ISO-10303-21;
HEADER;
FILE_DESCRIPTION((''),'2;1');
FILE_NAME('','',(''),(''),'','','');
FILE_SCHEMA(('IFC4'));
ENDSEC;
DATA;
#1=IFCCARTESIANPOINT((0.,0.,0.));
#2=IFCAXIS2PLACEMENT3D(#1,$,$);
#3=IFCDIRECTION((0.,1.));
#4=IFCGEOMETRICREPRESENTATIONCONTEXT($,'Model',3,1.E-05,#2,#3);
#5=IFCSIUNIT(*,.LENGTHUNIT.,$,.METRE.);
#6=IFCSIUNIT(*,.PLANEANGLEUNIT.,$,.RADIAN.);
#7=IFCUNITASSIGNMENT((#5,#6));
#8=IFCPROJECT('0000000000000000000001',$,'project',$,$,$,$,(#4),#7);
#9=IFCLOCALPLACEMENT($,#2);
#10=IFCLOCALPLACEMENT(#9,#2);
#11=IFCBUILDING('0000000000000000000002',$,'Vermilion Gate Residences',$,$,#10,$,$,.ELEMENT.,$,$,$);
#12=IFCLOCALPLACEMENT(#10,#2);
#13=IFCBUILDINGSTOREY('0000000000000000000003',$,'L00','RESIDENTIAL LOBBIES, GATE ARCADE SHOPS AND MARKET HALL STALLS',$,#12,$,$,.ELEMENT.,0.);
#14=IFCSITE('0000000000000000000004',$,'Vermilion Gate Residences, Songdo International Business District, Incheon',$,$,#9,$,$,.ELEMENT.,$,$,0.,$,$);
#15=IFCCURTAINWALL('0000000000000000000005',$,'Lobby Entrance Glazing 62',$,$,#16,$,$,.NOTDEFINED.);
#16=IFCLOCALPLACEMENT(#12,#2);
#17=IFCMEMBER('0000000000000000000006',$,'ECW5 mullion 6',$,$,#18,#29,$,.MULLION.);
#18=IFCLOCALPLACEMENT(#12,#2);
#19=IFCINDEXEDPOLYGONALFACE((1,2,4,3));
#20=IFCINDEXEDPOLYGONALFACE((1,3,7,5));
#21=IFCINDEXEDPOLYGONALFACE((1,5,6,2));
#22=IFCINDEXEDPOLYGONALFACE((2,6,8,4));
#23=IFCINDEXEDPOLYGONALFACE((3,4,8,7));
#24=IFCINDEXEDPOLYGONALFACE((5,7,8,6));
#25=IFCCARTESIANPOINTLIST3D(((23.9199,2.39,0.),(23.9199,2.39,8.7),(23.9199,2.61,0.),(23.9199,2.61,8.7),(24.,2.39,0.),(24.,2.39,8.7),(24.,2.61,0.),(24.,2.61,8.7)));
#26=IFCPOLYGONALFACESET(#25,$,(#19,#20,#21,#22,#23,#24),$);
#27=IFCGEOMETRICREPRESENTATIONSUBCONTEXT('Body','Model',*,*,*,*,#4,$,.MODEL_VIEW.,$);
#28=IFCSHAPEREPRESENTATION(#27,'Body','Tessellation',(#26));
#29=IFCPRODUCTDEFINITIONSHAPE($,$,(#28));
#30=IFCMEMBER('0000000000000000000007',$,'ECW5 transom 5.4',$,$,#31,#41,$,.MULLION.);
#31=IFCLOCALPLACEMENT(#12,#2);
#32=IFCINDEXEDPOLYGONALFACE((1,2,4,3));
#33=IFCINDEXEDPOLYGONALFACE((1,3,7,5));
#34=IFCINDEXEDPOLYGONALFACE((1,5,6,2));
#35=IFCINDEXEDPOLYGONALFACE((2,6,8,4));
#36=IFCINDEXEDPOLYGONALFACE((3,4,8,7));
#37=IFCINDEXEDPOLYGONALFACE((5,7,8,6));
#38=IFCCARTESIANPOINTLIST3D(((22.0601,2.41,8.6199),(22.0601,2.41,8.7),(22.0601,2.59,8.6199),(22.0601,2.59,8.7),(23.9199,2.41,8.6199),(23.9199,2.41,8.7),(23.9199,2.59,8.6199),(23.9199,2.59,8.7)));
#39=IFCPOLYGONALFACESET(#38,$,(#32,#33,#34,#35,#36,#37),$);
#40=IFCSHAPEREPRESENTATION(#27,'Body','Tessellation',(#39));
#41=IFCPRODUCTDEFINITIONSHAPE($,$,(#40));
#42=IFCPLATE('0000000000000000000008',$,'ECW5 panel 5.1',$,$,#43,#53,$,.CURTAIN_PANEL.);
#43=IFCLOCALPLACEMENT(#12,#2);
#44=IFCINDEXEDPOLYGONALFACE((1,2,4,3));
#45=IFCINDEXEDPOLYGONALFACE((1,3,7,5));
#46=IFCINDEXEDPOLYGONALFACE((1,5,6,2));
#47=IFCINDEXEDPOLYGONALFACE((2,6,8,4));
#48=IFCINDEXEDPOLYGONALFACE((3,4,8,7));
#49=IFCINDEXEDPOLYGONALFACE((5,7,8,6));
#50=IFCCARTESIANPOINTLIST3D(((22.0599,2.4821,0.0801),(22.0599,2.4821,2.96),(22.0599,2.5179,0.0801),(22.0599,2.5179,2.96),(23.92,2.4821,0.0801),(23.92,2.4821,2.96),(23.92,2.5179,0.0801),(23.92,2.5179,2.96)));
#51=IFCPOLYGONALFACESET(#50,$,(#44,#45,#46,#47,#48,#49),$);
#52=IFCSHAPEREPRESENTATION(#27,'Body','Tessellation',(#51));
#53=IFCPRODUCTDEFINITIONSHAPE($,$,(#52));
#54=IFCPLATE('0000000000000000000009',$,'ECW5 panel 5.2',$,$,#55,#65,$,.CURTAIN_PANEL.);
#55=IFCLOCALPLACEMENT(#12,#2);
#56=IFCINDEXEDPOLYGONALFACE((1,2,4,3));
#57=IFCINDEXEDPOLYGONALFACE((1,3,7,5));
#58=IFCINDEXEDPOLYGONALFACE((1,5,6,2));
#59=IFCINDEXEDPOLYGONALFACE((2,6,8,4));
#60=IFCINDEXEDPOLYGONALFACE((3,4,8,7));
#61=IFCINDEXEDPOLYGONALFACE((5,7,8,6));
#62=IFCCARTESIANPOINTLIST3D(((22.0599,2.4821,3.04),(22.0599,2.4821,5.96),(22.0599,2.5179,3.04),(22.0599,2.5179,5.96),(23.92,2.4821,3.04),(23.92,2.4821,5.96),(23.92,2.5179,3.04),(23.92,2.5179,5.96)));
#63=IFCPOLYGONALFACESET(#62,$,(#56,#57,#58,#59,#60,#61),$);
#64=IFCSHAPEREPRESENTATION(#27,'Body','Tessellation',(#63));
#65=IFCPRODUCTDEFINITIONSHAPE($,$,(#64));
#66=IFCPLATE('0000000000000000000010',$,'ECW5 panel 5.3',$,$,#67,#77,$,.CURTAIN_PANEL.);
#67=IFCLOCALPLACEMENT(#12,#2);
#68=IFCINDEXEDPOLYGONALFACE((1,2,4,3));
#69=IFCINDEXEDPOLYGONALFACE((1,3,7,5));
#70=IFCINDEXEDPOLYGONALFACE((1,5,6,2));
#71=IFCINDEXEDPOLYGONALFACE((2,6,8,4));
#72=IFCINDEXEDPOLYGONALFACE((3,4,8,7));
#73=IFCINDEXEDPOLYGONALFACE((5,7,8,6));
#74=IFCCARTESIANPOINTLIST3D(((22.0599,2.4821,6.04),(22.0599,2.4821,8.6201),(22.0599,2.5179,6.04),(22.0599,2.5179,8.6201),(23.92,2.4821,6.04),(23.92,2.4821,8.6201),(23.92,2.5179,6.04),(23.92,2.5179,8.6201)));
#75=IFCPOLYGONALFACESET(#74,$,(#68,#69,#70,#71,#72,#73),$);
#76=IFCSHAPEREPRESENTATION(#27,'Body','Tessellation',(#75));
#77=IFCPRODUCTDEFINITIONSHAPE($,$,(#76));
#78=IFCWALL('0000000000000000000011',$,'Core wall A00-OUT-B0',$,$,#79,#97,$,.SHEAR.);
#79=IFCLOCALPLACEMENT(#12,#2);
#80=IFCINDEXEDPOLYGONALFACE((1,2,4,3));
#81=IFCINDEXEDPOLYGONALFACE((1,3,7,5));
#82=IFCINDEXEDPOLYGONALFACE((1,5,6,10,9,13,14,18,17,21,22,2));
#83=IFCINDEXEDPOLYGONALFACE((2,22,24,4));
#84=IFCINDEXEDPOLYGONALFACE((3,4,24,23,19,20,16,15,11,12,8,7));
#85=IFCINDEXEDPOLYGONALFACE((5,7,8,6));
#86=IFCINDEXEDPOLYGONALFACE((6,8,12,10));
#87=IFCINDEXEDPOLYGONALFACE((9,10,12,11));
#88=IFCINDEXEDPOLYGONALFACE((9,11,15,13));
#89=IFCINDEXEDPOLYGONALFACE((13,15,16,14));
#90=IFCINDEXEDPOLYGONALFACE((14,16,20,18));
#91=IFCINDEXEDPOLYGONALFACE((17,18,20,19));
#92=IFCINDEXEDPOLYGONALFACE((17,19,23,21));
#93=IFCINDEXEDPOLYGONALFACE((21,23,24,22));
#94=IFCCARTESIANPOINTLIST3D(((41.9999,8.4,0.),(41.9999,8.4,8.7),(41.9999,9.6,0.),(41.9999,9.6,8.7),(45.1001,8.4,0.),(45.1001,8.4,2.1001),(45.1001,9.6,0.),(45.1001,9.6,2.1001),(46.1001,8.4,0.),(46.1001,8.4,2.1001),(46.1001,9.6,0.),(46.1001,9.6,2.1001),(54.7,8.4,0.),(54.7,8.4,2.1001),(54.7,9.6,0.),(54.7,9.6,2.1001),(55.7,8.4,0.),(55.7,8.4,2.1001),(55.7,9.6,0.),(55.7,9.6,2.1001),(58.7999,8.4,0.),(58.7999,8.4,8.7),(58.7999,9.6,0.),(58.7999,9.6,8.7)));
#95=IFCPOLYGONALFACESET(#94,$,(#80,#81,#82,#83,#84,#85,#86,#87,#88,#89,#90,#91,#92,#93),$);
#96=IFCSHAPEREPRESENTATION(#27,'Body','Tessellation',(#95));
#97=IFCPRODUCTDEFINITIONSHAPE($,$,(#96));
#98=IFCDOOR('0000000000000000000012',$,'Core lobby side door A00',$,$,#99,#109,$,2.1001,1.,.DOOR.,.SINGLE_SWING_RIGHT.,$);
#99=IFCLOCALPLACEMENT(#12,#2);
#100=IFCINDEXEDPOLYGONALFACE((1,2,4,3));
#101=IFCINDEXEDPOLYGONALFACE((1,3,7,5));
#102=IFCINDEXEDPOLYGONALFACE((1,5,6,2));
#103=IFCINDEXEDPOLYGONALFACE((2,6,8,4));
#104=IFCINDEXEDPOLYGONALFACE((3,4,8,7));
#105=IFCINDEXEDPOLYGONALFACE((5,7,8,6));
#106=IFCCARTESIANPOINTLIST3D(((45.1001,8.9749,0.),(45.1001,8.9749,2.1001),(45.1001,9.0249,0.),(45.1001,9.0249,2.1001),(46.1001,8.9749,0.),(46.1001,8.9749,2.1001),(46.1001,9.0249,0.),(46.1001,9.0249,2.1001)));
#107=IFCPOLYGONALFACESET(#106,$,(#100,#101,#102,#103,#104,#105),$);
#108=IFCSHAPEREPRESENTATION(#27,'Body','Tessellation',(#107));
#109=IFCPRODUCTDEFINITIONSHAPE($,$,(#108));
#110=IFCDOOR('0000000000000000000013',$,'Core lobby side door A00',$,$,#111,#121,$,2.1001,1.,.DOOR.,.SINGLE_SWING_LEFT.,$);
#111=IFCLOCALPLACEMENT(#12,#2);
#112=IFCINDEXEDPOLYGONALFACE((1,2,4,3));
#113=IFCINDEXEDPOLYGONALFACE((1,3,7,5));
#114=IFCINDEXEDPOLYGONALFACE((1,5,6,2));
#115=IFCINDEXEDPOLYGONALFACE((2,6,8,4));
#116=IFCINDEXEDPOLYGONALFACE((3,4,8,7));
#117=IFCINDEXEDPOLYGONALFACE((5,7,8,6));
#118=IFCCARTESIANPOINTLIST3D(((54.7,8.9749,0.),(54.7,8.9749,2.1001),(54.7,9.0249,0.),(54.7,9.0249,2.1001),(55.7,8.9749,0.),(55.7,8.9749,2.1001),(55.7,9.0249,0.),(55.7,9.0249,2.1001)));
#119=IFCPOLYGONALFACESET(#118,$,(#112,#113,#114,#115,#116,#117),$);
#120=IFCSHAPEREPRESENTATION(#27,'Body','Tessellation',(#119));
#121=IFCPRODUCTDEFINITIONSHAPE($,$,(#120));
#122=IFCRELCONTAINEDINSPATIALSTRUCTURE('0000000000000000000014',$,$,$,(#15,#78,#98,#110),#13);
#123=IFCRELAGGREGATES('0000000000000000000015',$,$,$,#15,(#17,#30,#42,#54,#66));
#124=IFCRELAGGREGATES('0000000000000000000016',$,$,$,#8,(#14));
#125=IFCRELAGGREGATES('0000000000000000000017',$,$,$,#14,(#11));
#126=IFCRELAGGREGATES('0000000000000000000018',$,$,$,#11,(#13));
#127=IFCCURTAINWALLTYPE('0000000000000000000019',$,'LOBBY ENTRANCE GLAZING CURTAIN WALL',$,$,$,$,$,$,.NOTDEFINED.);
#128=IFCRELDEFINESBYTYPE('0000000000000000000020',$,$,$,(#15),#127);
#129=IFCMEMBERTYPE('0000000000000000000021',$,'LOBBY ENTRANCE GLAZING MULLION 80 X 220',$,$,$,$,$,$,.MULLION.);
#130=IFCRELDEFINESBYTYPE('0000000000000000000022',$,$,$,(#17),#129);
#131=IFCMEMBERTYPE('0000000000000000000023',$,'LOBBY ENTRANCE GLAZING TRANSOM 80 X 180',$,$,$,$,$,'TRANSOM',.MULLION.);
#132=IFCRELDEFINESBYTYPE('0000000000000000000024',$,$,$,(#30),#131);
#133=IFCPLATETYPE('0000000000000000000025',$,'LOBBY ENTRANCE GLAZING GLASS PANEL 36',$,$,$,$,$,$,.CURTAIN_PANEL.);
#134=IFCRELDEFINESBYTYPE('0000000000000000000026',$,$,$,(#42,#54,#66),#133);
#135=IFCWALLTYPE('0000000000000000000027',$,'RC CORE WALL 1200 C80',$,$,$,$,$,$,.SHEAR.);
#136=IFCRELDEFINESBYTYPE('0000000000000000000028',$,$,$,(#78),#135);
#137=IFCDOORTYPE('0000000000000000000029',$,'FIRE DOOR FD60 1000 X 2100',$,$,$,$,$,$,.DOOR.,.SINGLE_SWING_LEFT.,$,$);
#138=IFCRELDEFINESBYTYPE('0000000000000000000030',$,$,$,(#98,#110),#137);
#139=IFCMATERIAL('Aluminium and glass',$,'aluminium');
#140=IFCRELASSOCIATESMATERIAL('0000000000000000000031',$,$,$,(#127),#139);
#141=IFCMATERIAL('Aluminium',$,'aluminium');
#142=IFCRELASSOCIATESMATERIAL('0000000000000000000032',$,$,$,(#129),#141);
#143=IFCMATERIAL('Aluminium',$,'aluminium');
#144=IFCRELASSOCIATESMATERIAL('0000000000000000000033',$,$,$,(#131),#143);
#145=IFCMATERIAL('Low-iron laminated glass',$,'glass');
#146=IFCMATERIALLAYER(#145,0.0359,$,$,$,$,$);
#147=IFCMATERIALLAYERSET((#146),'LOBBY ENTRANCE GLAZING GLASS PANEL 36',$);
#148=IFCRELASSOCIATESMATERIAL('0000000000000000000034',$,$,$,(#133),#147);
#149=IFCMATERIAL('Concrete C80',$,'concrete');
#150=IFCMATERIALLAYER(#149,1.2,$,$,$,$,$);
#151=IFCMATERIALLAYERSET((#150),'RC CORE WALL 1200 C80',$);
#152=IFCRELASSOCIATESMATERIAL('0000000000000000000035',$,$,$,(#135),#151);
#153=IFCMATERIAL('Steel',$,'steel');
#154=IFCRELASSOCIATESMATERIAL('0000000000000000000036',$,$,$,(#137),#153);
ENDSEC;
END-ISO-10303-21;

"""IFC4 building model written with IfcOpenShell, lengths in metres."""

from ifc_helpers import new_model, si_unit, direction, frame, frame_2d, origin, origin_2d, place, context, subcontext, project, spatial, rectangle, extrude, material, layer, layer_set, material_profile, profile_set, type_object, element, fill, aggregate, save


model = new_model("IFC4")

# Units and contexts
model_context = context("Model", 3, precision=1e-05, world=origin(), true_north=direction((0.0, 1.0)))
body_context = subcontext(model_context, "Body", "Model", "MODEL_VIEW")
ifc_project = project(units=[si_unit("LENGTHUNIT", "METRE"), si_unit("PLANEANGLEUNIT", "RADIAN")], contexts=[model_context])

# Site, building, storey
site_placement = place(None, origin())
site = spatial("IfcSite", under=ifc_project, at=site_placement, Name="Vermilion Gate Residences, Songdo International Business District, Incheon", CompositionType="ELEMENT", RefElevation=0.0)
building_placement = place(site_placement, origin())
building = spatial("IfcBuilding", under=site, at=building_placement, Name="Vermilion Gate Residences", CompositionType="ELEMENT")
storey_placement = place(building_placement, origin())
storey = spatial("IfcBuildingStorey", under=building, at=storey_placement, Name="L00", Description="RESIDENTIAL LOBBIES, GATE ARCADE SHOPS AND MARKET HALL STALLS", CompositionType="ELEMENT", Elevation=0.0)

# Curtain wall, members, plates
ifc_material_1 = material(Name="Aluminium and glass", Category="aluminium")
curtain_wall_type = type_object("IfcCurtainWallType", Name="LOBBY ENTRANCE GLAZING CURTAIN WALL", PredefinedType="NOTDEFINED", material=ifc_material_1)
curtain_wall_placement = place(storey_placement, origin())
curtain_wall = element("IfcCurtainWall", 1, at=curtain_wall_placement, inside=storey, type_object=curtain_wall_type, Name="Lobby Entrance Glazing 62", PredefinedType="NOTDEFINED")
ifc_material_2 = material(Name="Aluminium", Category="aluminium")
ifc_material_profile_1 = material_profile(ifc_material_2, rectangle(XDim=0.22, YDim=0.0801, at=origin_2d()), Name="MULLION 80 X 220")
ifc_profile_set_1 = profile_set([ifc_material_profile_1], Name="Aluminium")
member_type_1 = type_object("IfcMemberType", Name="LOBBY ENTRANCE GLAZING MULLION 80 X 220", PredefinedType="MULLION", material=ifc_profile_set_1)
member_1_placement = place(storey_placement, frame((23.96, 2.5, 0.0), z_axis=(0.0, 0.0, 1.0), x_axis=(0.0, 1.0, 0.0)))
member_1 = element("IfcMember", 2, at=member_1_placement, type_object=member_type_1, Name="ECW5 mullion 6", PredefinedType="MULLION", context=body_context, shape_type="SweptSolid", body=[
    extrude(rectangle(XDim=0.22, YDim=0.0801, at=origin_2d()), origin(), (0.0, 0.0, 1.0), 8.7),
])
ifc_material_3 = material(Name="Aluminium", Category="aluminium")
ifc_material_profile_2 = material_profile(ifc_material_3, rectangle(XDim=0.1799, YDim=0.0801, at=origin_2d()), Name="TRANSOM 80 X 180")
ifc_profile_set_2 = profile_set([ifc_material_profile_2], Name="Aluminium")
member_type_2 = type_object("IfcMemberType", Name="LOBBY ENTRANCE GLAZING TRANSOM 80 X 180", ElementType="TRANSOM", PredefinedType="MULLION", material=ifc_profile_set_2)
member_2_placement = place(storey_placement, frame((22.0601, 2.5, 8.6599), z_axis=(1.0, 0.0, 0.0), x_axis=(0.0, 1.0, 0.0)))
member_2 = element("IfcMember", 3, at=member_2_placement, type_object=member_type_2, Name="ECW5 transom 5.4", PredefinedType="MULLION", context=body_context, shape_type="SweptSolid", body=[
    extrude(rectangle(XDim=0.1799, YDim=0.0801, at=origin_2d()), origin(), (0.0, 0.0, 1.0), 1.8599),
])
ifc_material_4 = material(Name="Low-iron laminated glass", Category="glass")
ifc_layer_1 = layer(ifc_material_4, 0.0359)
ifc_layer_set_1 = layer_set([ifc_layer_1], Name="LOBBY ENTRANCE GLAZING GLASS PANEL 36")
plate_type = type_object("IfcPlateType", Name="LOBBY ENTRANCE GLAZING GLASS PANEL 36", PredefinedType="CURTAIN_PANEL", material=ifc_layer_set_1)
plate_1_placement = place(storey_placement, frame((22.99, 2.5, 0.0801), z_axis=(0.0, 0.0, 1.0), x_axis=(1.0, 0.0, 0.0)))
plate_1 = element("IfcPlate", 4, at=plate_1_placement, type_object=plate_type, Name="ECW5 panel 5.1", PredefinedType="CURTAIN_PANEL", context=body_context, shape_type="SweptSolid", body=[
    extrude(rectangle(XDim=1.8601, YDim=0.0359, at=origin_2d()), origin(), (0.0, 0.0, 1.0), 2.8799),
])
plate_2_placement = place(storey_placement, frame((22.99, 2.5, 3.04), z_axis=(0.0, 0.0, 1.0), x_axis=(1.0, 0.0, 0.0)))
plate_2 = element("IfcPlate", 5, at=plate_2_placement, type_object=plate_type, Name="ECW5 panel 5.2", PredefinedType="CURTAIN_PANEL", context=body_context, shape_type="SweptSolid", body=[
    extrude(rectangle(XDim=1.8601, YDim=0.0359, at=origin_2d()), origin(), (0.0, 0.0, 1.0), 2.9199),
])
plate_3_placement = place(storey_placement, frame((22.99, 2.5, 6.04), z_axis=(0.0, 0.0, 1.0), x_axis=(1.0, 0.0, 0.0)))
plate_3 = element("IfcPlate", 6, at=plate_3_placement, type_object=plate_type, Name="ECW5 panel 5.3", PredefinedType="CURTAIN_PANEL", context=body_context, shape_type="SweptSolid", body=[
    extrude(rectangle(XDim=1.8601, YDim=0.0359, at=origin_2d()), origin(), (0.0, 0.0, 1.0), 2.5801),
])
aggregate(curtain_wall, [member_1, member_2, plate_1, plate_2, plate_3])

# Wall, openings, doors
ifc_material_5 = material(Name="Concrete C80", Category="concrete")
ifc_layer_2 = layer(ifc_material_5, 1.2)
ifc_layer_set_2 = layer_set([ifc_layer_2], Name="RC CORE WALL 1200 C80")
wall_type_1 = type_object("IfcWallType", Name="RC CORE WALL 1200 C80", PredefinedType="SHEAR", material=ifc_layer_set_2)
wall_1_placement = place(storey_placement, frame((42.0, 9.0, 0.0), z_axis=(0.0, 0.0, 1.0), x_axis=(1.0, 0.0, 0.0)))
wall_1 = element("IfcWall", 7, at=wall_1_placement, inside=storey, type_object=wall_type_1, Name="Core wall A00-OUT-B0", PredefinedType="SHEAR", context=body_context, shape_type="SweptSolid", body=[
    extrude(rectangle(XDim=16.8, YDim=1.2, at=frame_2d((8.3999, 0.0))), origin(), (0.0, 0.0, 1.0), 8.7),
])
opening_1_placement = place(wall_1_placement, frame((3.1001, 0.0, 0.0)))
opening_1 = element("IfcOpeningElement", 8, at=opening_1_placement, cuts=wall_1, PredefinedType="OPENING", context=body_context, shape_type="SweptSolid", body=[
    extrude(rectangle(XDim=1.0, YDim=2.1001, at=frame_2d((0.5, 1.05))), frame((0.0, 0.6099, 0.0), z_axis=(0.0, -1.0, 0.0), x_axis=(1.0, 0.0, 0.0)), (0.0, 0.0, 1.0), 1.22),
])
opening_2_placement = place(wall_1_placement, frame((12.7, 0.0, 0.0)))
opening_2 = element("IfcOpeningElement", 9, at=opening_2_placement, cuts=wall_1, PredefinedType="OPENING", context=body_context, shape_type="SweptSolid", body=[
    extrude(rectangle(XDim=1.0, YDim=2.1001, at=frame_2d((0.5, 1.05))), frame((0.0, 0.6099, 0.0), z_axis=(0.0, -1.0, 0.0), x_axis=(1.0, 0.0, 0.0)), (0.0, 0.0, 1.0), 1.22),
])
ifc_material_6 = material(Name="Steel", Category="steel")
door_type_1 = type_object("IfcDoorType", Name="FIRE DOOR FD60 1000 X 2100", OperationType="SINGLE_SWING_LEFT", PredefinedType="DOOR", material=ifc_material_6)
door_1_placement = place(opening_1_placement, origin())
door_1 = element("IfcDoor", 10, at=door_1_placement, inside=storey, type_object=door_type_1, Name="Core lobby side door A00", OperationType="SINGLE_SWING_RIGHT", OverallHeight=2.1001, OverallWidth=1.0, PredefinedType="DOOR", context=body_context, shape_type="SweptSolid", body=[
    extrude(rectangle(XDim=1.0, YDim=2.1001, at=frame_2d((0.5, 1.05))), frame((0.0, 0.0249, 0.0), z_axis=(0.0, -1.0, 0.0), x_axis=(1.0, 0.0, 0.0)), (0.0, 0.0, 1.0), 0.05),
])
fill(opening_1, door_1)
door_2_placement = place(opening_2_placement, origin())
door_2 = element("IfcDoor", 11, at=door_2_placement, inside=storey, type_object=door_type_1, Name="Core lobby side door A00", OperationType="SINGLE_SWING_LEFT", OverallHeight=2.1001, OverallWidth=1.0, PredefinedType="DOOR", context=body_context, shape_type="SweptSolid", body=[
    extrude(rectangle(XDim=1.0, YDim=2.1001, at=frame_2d((0.5, 1.05))), frame((0.0, 0.0249, 0.0), z_axis=(0.0, -1.0, 0.0), x_axis=(1.0, 0.0, 0.0)), (0.0, 0.0, 1.0), 0.05),
])
fill(opening_2, door_2)

save(model, "model.ifc")
